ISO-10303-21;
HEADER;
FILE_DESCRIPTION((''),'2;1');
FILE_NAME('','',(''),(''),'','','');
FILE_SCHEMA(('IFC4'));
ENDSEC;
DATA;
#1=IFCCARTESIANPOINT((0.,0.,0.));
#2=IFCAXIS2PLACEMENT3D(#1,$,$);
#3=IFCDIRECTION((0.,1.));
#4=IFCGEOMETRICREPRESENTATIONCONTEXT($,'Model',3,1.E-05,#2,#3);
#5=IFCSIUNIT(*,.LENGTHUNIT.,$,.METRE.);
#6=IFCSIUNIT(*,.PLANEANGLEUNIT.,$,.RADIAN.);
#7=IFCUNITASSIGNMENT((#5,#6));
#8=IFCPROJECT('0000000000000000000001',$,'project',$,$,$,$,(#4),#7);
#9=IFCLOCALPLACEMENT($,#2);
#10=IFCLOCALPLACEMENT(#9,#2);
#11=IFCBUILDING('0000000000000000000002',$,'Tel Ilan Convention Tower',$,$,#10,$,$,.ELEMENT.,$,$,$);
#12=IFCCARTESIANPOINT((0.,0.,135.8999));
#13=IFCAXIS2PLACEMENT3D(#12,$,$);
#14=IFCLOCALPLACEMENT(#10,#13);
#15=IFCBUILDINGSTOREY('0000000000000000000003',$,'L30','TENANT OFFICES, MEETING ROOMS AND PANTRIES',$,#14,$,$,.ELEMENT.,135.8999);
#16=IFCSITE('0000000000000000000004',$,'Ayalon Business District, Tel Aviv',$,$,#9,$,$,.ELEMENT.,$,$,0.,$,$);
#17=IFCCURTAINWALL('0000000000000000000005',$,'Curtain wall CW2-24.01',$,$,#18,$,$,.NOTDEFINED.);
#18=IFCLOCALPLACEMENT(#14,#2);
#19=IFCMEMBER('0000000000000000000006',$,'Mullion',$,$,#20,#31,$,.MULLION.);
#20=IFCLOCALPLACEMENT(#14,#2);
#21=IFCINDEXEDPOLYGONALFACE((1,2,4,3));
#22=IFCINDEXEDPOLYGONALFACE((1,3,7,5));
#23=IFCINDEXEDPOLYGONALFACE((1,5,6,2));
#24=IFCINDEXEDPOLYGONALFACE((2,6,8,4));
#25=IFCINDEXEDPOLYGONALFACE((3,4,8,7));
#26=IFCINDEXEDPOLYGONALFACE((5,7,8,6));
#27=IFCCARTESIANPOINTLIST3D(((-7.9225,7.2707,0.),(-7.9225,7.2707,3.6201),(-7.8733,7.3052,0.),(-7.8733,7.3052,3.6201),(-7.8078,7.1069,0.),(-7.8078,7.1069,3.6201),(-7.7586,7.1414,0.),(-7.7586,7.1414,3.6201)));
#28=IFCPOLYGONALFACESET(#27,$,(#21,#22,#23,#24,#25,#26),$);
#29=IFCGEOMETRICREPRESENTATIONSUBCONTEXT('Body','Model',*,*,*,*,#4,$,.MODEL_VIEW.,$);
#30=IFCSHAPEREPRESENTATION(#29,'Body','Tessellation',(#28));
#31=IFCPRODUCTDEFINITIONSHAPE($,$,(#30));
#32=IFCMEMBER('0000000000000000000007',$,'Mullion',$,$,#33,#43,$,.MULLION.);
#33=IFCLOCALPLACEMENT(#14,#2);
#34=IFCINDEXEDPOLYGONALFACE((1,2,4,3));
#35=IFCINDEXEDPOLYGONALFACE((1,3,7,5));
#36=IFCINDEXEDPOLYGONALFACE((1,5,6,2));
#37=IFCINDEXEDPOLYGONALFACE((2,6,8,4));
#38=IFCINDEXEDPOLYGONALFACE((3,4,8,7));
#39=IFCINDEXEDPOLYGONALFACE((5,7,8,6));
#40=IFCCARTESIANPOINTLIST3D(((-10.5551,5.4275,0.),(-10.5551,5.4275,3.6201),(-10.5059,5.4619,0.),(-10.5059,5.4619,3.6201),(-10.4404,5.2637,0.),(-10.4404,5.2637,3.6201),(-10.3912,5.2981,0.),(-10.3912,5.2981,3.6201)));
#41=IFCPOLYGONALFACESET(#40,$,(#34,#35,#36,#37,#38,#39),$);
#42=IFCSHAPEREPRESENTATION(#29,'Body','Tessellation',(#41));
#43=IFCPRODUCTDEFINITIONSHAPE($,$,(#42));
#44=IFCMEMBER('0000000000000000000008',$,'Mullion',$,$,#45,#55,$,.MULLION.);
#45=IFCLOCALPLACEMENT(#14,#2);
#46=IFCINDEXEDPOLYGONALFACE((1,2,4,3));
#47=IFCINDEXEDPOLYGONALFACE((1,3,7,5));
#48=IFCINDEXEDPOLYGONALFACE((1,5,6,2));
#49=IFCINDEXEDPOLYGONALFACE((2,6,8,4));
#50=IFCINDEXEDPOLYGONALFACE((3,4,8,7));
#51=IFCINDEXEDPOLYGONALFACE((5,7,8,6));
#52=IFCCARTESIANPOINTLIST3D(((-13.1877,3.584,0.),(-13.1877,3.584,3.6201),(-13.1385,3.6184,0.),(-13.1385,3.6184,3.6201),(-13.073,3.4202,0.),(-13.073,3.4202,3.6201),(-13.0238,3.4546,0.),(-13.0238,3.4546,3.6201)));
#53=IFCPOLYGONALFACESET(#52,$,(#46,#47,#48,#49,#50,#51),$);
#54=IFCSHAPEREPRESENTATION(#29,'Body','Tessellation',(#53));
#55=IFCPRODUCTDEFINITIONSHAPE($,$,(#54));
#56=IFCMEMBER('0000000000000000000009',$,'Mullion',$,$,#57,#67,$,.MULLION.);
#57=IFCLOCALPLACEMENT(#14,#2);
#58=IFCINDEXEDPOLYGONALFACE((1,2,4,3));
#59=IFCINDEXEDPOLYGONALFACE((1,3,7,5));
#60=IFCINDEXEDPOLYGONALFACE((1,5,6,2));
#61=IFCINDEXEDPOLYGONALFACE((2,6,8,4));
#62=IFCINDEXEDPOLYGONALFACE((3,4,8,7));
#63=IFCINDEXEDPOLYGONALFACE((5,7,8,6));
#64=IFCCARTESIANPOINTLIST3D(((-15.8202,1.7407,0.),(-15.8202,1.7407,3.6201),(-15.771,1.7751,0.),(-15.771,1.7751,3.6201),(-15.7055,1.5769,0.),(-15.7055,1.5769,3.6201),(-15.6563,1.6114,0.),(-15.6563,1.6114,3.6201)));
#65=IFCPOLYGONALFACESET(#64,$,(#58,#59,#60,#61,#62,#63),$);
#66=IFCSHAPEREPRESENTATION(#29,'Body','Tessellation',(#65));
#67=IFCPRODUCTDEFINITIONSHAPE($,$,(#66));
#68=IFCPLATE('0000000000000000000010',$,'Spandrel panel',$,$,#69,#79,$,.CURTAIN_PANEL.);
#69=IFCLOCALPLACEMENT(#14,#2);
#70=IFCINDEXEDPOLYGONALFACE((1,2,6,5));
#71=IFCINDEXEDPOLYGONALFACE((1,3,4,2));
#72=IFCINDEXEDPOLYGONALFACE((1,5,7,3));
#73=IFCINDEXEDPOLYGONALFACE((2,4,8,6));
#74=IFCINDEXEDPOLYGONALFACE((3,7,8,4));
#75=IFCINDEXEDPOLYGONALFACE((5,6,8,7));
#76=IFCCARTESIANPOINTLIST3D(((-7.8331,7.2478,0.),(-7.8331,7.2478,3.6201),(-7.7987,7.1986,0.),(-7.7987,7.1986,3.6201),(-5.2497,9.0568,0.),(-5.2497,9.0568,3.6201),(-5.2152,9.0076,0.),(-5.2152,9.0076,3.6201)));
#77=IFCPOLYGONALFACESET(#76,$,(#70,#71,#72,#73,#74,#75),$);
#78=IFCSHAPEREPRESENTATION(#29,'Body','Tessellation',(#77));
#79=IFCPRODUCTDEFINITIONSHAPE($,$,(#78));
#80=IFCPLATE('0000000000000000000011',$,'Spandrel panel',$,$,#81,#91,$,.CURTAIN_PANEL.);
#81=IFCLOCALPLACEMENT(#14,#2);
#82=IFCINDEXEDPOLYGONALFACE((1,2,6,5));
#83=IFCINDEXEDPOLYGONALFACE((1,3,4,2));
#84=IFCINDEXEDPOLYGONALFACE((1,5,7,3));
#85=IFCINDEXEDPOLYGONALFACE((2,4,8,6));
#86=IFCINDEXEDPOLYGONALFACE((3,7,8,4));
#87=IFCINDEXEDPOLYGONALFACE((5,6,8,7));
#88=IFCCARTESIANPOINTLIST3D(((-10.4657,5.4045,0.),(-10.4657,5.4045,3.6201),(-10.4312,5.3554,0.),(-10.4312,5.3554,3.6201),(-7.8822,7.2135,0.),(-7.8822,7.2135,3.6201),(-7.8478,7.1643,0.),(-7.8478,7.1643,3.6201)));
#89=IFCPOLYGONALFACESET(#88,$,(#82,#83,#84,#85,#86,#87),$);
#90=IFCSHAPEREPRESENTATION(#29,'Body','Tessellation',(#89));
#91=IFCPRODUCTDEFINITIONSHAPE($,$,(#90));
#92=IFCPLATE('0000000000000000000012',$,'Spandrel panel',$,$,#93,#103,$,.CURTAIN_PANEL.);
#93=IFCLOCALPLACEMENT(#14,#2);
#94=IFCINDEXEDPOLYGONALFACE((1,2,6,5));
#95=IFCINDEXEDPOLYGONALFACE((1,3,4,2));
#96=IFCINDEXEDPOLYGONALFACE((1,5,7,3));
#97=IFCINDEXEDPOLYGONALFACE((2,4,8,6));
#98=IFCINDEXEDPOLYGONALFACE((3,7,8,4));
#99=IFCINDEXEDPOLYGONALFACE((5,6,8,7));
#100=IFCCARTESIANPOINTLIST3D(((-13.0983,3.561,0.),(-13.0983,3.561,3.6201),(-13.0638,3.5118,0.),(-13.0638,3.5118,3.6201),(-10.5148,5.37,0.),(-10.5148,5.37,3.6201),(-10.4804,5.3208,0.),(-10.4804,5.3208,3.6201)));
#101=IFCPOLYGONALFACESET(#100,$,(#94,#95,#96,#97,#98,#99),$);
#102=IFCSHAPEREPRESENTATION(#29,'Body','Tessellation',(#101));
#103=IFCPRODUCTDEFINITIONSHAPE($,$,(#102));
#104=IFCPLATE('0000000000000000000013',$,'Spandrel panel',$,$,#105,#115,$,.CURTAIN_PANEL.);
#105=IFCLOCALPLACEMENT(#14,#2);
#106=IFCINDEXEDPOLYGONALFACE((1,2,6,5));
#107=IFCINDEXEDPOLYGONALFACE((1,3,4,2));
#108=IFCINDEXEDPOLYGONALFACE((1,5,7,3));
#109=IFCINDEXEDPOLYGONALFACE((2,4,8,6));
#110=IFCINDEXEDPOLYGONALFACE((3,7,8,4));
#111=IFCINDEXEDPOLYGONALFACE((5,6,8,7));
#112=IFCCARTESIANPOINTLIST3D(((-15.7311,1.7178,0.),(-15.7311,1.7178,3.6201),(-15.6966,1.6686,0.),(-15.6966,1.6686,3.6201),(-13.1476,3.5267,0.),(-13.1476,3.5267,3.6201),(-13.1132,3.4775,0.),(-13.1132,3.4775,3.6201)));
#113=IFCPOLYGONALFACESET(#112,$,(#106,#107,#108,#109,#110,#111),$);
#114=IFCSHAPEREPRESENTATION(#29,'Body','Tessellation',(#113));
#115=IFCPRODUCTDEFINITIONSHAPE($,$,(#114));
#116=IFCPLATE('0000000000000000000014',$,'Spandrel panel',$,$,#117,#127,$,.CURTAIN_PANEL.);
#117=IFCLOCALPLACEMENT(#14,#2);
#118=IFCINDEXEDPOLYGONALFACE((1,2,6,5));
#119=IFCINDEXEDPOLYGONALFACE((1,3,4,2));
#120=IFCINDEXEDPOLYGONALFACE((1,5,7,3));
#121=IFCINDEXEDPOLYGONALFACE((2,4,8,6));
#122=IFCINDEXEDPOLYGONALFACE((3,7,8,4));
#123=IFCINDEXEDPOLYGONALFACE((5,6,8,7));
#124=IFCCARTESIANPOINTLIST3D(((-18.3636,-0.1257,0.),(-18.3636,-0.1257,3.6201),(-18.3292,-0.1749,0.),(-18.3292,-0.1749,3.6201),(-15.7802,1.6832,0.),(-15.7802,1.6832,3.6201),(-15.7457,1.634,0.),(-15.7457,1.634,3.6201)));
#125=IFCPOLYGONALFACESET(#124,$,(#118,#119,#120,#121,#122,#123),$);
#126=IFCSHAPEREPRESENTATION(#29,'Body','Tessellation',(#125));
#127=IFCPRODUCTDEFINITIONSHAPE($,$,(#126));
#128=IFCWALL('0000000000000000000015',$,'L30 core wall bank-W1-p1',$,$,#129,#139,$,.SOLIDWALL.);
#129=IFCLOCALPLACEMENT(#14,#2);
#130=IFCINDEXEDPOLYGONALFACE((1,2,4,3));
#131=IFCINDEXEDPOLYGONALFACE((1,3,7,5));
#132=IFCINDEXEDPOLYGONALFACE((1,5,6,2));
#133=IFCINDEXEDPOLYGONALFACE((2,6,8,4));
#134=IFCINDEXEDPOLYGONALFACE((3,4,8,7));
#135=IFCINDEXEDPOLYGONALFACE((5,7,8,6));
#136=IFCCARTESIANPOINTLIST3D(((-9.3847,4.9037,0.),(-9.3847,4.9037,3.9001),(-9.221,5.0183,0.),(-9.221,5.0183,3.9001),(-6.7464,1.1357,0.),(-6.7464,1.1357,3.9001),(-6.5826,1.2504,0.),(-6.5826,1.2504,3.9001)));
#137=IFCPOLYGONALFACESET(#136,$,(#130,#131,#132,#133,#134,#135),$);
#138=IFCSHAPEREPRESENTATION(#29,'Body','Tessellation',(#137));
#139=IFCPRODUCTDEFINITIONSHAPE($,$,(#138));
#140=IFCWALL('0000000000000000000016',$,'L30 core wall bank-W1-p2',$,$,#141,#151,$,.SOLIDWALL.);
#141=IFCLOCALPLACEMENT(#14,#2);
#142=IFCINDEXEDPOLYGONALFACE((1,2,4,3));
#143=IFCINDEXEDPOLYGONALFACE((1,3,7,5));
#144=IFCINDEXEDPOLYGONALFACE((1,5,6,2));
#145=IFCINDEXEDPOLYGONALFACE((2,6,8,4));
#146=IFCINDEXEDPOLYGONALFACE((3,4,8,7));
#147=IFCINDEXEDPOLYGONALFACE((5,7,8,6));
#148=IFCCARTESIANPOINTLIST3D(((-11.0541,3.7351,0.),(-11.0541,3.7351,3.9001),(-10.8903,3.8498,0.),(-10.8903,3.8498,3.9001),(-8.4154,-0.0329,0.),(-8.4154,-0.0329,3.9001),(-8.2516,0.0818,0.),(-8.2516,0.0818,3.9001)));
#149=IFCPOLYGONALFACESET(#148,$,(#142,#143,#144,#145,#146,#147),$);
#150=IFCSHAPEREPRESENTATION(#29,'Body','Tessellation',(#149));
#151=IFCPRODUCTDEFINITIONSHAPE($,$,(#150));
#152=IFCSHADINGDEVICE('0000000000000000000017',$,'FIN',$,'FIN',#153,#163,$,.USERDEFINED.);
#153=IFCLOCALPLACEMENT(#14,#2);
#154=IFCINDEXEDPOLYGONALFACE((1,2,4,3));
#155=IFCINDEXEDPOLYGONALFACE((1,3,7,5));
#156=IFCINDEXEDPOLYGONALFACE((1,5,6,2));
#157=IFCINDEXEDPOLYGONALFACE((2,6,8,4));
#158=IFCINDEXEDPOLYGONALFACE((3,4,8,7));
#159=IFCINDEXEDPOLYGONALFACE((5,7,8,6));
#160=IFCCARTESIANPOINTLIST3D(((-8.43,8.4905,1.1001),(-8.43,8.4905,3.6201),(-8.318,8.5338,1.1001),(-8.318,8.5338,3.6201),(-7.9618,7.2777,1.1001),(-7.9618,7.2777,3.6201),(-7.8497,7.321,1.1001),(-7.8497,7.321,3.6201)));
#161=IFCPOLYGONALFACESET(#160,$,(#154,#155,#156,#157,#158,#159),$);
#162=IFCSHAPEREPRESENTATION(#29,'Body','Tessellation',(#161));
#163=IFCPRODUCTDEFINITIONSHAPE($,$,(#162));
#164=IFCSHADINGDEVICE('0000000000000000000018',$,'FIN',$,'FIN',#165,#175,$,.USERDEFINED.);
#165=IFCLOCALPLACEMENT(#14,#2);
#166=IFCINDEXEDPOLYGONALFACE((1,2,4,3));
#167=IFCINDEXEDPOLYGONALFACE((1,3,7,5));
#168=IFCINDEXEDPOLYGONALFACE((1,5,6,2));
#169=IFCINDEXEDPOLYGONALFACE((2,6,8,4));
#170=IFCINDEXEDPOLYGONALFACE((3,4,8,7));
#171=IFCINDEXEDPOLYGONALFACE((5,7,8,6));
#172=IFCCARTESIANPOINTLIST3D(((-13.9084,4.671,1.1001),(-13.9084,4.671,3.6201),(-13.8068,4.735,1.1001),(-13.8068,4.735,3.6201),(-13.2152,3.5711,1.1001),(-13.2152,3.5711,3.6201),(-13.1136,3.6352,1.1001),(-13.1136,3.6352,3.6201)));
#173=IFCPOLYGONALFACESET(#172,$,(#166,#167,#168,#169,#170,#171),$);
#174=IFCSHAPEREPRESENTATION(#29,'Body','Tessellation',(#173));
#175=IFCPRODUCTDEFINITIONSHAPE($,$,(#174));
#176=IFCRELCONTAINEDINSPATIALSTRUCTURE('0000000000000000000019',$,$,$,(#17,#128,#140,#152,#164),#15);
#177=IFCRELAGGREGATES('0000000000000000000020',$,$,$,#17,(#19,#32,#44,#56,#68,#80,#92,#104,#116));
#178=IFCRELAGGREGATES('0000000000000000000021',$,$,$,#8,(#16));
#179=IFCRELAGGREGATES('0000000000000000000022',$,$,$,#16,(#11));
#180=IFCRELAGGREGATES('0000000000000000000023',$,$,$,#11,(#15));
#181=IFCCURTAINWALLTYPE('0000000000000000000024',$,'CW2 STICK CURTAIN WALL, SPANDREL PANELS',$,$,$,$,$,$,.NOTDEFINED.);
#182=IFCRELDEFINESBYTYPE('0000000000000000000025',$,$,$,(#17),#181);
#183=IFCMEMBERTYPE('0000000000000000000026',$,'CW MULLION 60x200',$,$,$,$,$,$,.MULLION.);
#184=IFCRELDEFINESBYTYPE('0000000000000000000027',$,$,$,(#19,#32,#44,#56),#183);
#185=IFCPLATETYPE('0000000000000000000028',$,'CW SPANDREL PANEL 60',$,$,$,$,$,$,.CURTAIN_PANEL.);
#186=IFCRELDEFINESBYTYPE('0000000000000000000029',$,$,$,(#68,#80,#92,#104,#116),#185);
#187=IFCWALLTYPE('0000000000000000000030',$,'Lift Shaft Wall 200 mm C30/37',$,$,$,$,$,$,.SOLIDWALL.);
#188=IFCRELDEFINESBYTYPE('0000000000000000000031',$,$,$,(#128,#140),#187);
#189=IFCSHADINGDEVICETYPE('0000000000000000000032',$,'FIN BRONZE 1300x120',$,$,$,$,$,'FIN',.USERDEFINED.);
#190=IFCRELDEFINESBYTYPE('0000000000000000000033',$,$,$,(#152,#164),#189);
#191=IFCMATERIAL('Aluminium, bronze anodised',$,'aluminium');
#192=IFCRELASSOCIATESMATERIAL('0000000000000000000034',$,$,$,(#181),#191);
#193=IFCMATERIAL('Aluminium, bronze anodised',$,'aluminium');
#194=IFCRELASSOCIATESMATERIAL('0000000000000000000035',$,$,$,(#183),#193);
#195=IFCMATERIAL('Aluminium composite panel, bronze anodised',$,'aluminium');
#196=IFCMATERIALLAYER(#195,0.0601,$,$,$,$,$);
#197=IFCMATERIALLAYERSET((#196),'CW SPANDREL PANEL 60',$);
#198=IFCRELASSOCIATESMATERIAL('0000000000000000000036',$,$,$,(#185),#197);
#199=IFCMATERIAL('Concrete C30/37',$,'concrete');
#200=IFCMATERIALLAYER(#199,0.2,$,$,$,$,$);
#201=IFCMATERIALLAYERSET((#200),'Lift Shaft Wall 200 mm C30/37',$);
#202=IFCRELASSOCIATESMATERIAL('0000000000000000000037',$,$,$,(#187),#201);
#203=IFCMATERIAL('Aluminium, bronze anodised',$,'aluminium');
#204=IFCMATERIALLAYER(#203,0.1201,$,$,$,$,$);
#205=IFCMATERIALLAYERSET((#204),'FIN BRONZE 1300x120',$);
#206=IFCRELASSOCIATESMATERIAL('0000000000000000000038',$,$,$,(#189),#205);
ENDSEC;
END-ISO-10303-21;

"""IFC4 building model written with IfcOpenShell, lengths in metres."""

from ifc_helpers import new_model, si_unit, direction, frame, frame_2d, origin, origin_2d, place, context, subcontext, project, spatial, rectangle, extrude, material, layer, layer_set, material_profile, profile_set, type_object, element, aggregate, save


model = new_model("IFC4")

# Units and contexts
model_context = context("Model", 3, precision=1e-05, world=origin(), true_north=direction((0.0, 1.0)))
body_context = subcontext(model_context, "Body", "Model", "MODEL_VIEW")
ifc_project = project(units=[si_unit("LENGTHUNIT", "METRE"), si_unit("PLANEANGLEUNIT", "RADIAN")], contexts=[model_context])

# Site, building, storey
site_placement = place(None, origin())
site = spatial("IfcSite", under=ifc_project, at=site_placement, Name="Ayalon Business District, Tel Aviv", CompositionType="ELEMENT", RefElevation=0.0)
building_placement = place(site_placement, origin())
building = spatial("IfcBuilding", under=site, at=building_placement, Name="Tel Ilan Convention Tower", CompositionType="ELEMENT")
storey_placement = place(building_placement, frame((0.0, 0.0, 135.8999)))
storey = spatial("IfcBuildingStorey", under=building, at=storey_placement, Name="L30", Description="TENANT OFFICES, MEETING ROOMS AND PANTRIES", CompositionType="ELEMENT", Elevation=135.8999)

# Curtain wall, members, plates
ifc_material_1 = material(Name="Aluminium, bronze anodised", Category="aluminium")
curtain_wall_type = type_object("IfcCurtainWallType", Name="CW2 STICK CURTAIN WALL, SPANDREL PANELS", PredefinedType="NOTDEFINED", material=ifc_material_1)
curtain_wall_placement = place(storey_placement, origin())
curtain_wall = element("IfcCurtainWall", 1, at=curtain_wall_placement, inside=storey, type_object=curtain_wall_type, Name="Curtain wall CW2-24.01", PredefinedType="NOTDEFINED")
ifc_material_2 = material(Name="Aluminium, bronze anodised", Category="aluminium")
ifc_material_profile = material_profile(ifc_material_2, rectangle(XDim=0.0601, YDim=0.2, at=origin_2d()), Name="CW MULLION 60x200")
ifc_profile_set = profile_set([ifc_material_profile], Name="Aluminium, bronze anodised")
member_type = type_object("IfcMemberType", Name="CW MULLION 60x200", PredefinedType="MULLION", material=ifc_profile_set)
member_1_placement = place(storey_placement, frame((-7.8406, 7.2061, 0.0), z_axis=(0.0, 0.0, 1.0), x_axis=(-0.819152, -0.573576, 0.0)))
member_1 = element("IfcMember", 2, at=member_1_placement, type_object=member_type, Name="Mullion", PredefinedType="MULLION", context=body_context, shape_type="SweptSolid", body=[
    extrude(rectangle(XDim=0.0601, YDim=0.2, at=origin_2d()), origin(), (0.0, 0.0, 1.0), 3.6201),
])
member_2_placement = place(storey_placement, frame((-10.4731, 5.3628, 0.0), z_axis=(0.0, 0.0, 1.0), x_axis=(-0.819152, -0.573576, 0.0)))
member_2 = element("IfcMember", 3, at=member_2_placement, type_object=member_type, Name="Mullion", PredefinedType="MULLION", context=body_context, shape_type="SweptSolid", body=[
    extrude(rectangle(XDim=0.0601, YDim=0.2, at=origin_2d()), origin(), (0.0, 0.0, 1.0), 3.6201),
])
member_3_placement = place(storey_placement, frame((-13.1057, 3.5193, 0.0), z_axis=(0.0, 0.0, 1.0), x_axis=(-0.819152, -0.573576, 0.0)))
member_3 = element("IfcMember", 4, at=member_3_placement, type_object=member_type, Name="Mullion", PredefinedType="MULLION", context=body_context, shape_type="SweptSolid", body=[
    extrude(rectangle(XDim=0.0601, YDim=0.2, at=origin_2d()), origin(), (0.0, 0.0, 1.0), 3.6201),
])
member_4_placement = place(storey_placement, frame((-15.7383, 1.676, 0.0), z_axis=(0.0, 0.0, 1.0), x_axis=(-0.819152, -0.573576, 0.0)))
member_4 = element("IfcMember", 5, at=member_4_placement, type_object=member_type, Name="Mullion", PredefinedType="MULLION", context=body_context, shape_type="SweptSolid", body=[
    extrude(rectangle(XDim=0.0601, YDim=0.2, at=origin_2d()), origin(), (0.0, 0.0, 1.0), 3.6201),
])
ifc_material_3 = material(Name="Aluminium composite panel, bronze anodised", Category="aluminium")
ifc_layer_1 = layer(ifc_material_3, 0.0601)
ifc_layer_set_1 = layer_set([ifc_layer_1], Name="CW SPANDREL PANEL 60")
plate_type = type_object("IfcPlateType", Name="CW SPANDREL PANEL 60", PredefinedType="CURTAIN_PANEL", material=ifc_layer_set_1)
plate_1_placement = place(storey_placement, frame((-6.5242, 8.1277, 0.0), z_axis=(0.0, 0.0, 1.0), x_axis=(-0.819152, -0.573576, 0.0)))
plate_1 = element("IfcPlate", 6, at=plate_1_placement, type_object=plate_type, Name="Spandrel panel", PredefinedType="CURTAIN_PANEL", context=body_context, shape_type="SweptSolid", body=[
    extrude(rectangle(XDim=3.1538, YDim=0.0601, at=origin_2d()), origin(), (0.0, 0.0, 1.0), 3.6201),
])
plate_2_placement = place(storey_placement, frame((-9.1567, 6.2844, 0.0), z_axis=(0.0, 0.0, 1.0), x_axis=(-0.819152, -0.573576, 0.0)))
plate_2 = element("IfcPlate", 7, at=plate_2_placement, type_object=plate_type, Name="Spandrel panel", PredefinedType="CURTAIN_PANEL", context=body_context, shape_type="SweptSolid", body=[
    extrude(rectangle(XDim=3.1538, YDim=0.0601, at=origin_2d()), origin(), (0.0, 0.0, 1.0), 3.6201),
])
plate_3_placement = place(storey_placement, frame((-11.7893, 4.4409, 0.0), z_axis=(0.0, 0.0, 1.0), x_axis=(-0.819152, -0.573576, 0.0)))
plate_3 = element("IfcPlate", 8, at=plate_3_placement, type_object=plate_type, Name="Spandrel panel", PredefinedType="CURTAIN_PANEL", context=body_context, shape_type="SweptSolid", body=[
    extrude(rectangle(XDim=3.1538, YDim=0.0601, at=origin_2d()), origin(), (0.0, 0.0, 1.0), 3.6201),
])
plate_4_placement = place(storey_placement, frame((-14.4221, 2.5977, 0.0), z_axis=(0.0, 0.0, 1.0), x_axis=(-0.819152, -0.573576, 0.0)))
plate_4 = element("IfcPlate", 9, at=plate_4_placement, type_object=plate_type, Name="Spandrel panel", PredefinedType="CURTAIN_PANEL", context=body_context, shape_type="SweptSolid", body=[
    extrude(rectangle(XDim=3.1538, YDim=0.0601, at=origin_2d()), origin(), (0.0, 0.0, 1.0), 3.6201),
])
plate_5_placement = place(storey_placement, frame((-17.0547, 0.7542, 0.0), z_axis=(0.0, 0.0, 1.0), x_axis=(-0.819152, -0.573576, 0.0)))
plate_5 = element("IfcPlate", 10, at=plate_5_placement, type_object=plate_type, Name="Spandrel panel", PredefinedType="CURTAIN_PANEL", context=body_context, shape_type="SweptSolid", body=[
    extrude(rectangle(XDim=3.1538, YDim=0.0601, at=origin_2d()), origin(), (0.0, 0.0, 1.0), 3.6201),
])
aggregate(curtain_wall, [member_1, member_2, member_3, member_4, plate_1, plate_2, plate_3, plate_4, plate_5])

# Walls
ifc_material_4 = material(Name="Concrete C30/37", Category="concrete")
ifc_layer_2 = layer(ifc_material_4, 0.2)
ifc_layer_set_2 = layer_set([ifc_layer_2], Name="Lift Shaft Wall 200 mm C30/37")
wall_type = type_object("IfcWallType", Name="Lift Shaft Wall 200 mm C30/37", PredefinedType="SOLIDWALL", material=ifc_layer_set_2)
wall_1_placement = place(storey_placement, frame((-6.6646, 1.1931, 0.0), z_axis=(0.0, 0.0, 1.0), x_axis=(-0.573576, 0.819152, 0.0)))
element("IfcWall", 11, at=wall_1_placement, inside=storey, type_object=wall_type, Name="L30 core wall bank-W1-p1", PredefinedType="SOLIDWALL", context=body_context, shape_type="SweptSolid", body=[
    extrude(rectangle(XDim=4.5999, YDim=0.2, at=frame_2d((2.2998, 0.0))), origin(), (0.0, 0.0, 1.0), 3.9001),
])
wall_2_placement = place(storey_placement, frame((-8.3335, 0.0244, 0.0), z_axis=(0.0, 0.0, 1.0), x_axis=(-0.573612, 0.819127, 0.0)))
element("IfcWall", 12, at=wall_2_placement, inside=storey, type_object=wall_type, Name="L30 core wall bank-W1-p2", PredefinedType="SOLIDWALL", context=body_context, shape_type="SweptSolid", body=[
    extrude(rectangle(XDim=4.6001, YDim=0.2, at=frame_2d((2.3, 0.0))), origin(), (0.0, 0.0, 1.0), 3.9001),
])

# Shading devices
ifc_material_5 = material(Name="Aluminium, bronze anodised", Category="aluminium")
ifc_layer_3 = layer(ifc_material_5, 0.1201)
ifc_layer_set_3 = layer_set([ifc_layer_3], Name="FIN BRONZE 1300x120")
shading_device_type = type_object("IfcShadingDeviceType", Name="FIN BRONZE 1300x120", ElementType="FIN", PredefinedType="USERDEFINED", material=ifc_layer_set_3)
for number, where, z_axis, x_axis, name in (
    (13, (-8.1399, 7.9058, 1.1001), (0.0, 0.0, 1.0), (-0.360178, 0.932884, 0.0), "FIN"),
    (14, (-13.511, 4.1531, 1.1001), (0.0, 0.0, 1.0), (-0.533204, 0.845986, 0.0), "FIN"),
):
    element("IfcShadingDevice", number, at=place(storey_placement, frame(where, z_axis=z_axis, x_axis=x_axis)), inside=storey, type_object=shading_device_type, Name=name, ObjectType="FIN", PredefinedType="USERDEFINED", context=body_context, shape_type="SweptSolid", body=[
        extrude(rectangle(XDim=1.3, YDim=0.1201, at=origin_2d()), origin(), (0.0, 0.0, 1.0), 2.52),
    ])

save(model, "model.ifc")
